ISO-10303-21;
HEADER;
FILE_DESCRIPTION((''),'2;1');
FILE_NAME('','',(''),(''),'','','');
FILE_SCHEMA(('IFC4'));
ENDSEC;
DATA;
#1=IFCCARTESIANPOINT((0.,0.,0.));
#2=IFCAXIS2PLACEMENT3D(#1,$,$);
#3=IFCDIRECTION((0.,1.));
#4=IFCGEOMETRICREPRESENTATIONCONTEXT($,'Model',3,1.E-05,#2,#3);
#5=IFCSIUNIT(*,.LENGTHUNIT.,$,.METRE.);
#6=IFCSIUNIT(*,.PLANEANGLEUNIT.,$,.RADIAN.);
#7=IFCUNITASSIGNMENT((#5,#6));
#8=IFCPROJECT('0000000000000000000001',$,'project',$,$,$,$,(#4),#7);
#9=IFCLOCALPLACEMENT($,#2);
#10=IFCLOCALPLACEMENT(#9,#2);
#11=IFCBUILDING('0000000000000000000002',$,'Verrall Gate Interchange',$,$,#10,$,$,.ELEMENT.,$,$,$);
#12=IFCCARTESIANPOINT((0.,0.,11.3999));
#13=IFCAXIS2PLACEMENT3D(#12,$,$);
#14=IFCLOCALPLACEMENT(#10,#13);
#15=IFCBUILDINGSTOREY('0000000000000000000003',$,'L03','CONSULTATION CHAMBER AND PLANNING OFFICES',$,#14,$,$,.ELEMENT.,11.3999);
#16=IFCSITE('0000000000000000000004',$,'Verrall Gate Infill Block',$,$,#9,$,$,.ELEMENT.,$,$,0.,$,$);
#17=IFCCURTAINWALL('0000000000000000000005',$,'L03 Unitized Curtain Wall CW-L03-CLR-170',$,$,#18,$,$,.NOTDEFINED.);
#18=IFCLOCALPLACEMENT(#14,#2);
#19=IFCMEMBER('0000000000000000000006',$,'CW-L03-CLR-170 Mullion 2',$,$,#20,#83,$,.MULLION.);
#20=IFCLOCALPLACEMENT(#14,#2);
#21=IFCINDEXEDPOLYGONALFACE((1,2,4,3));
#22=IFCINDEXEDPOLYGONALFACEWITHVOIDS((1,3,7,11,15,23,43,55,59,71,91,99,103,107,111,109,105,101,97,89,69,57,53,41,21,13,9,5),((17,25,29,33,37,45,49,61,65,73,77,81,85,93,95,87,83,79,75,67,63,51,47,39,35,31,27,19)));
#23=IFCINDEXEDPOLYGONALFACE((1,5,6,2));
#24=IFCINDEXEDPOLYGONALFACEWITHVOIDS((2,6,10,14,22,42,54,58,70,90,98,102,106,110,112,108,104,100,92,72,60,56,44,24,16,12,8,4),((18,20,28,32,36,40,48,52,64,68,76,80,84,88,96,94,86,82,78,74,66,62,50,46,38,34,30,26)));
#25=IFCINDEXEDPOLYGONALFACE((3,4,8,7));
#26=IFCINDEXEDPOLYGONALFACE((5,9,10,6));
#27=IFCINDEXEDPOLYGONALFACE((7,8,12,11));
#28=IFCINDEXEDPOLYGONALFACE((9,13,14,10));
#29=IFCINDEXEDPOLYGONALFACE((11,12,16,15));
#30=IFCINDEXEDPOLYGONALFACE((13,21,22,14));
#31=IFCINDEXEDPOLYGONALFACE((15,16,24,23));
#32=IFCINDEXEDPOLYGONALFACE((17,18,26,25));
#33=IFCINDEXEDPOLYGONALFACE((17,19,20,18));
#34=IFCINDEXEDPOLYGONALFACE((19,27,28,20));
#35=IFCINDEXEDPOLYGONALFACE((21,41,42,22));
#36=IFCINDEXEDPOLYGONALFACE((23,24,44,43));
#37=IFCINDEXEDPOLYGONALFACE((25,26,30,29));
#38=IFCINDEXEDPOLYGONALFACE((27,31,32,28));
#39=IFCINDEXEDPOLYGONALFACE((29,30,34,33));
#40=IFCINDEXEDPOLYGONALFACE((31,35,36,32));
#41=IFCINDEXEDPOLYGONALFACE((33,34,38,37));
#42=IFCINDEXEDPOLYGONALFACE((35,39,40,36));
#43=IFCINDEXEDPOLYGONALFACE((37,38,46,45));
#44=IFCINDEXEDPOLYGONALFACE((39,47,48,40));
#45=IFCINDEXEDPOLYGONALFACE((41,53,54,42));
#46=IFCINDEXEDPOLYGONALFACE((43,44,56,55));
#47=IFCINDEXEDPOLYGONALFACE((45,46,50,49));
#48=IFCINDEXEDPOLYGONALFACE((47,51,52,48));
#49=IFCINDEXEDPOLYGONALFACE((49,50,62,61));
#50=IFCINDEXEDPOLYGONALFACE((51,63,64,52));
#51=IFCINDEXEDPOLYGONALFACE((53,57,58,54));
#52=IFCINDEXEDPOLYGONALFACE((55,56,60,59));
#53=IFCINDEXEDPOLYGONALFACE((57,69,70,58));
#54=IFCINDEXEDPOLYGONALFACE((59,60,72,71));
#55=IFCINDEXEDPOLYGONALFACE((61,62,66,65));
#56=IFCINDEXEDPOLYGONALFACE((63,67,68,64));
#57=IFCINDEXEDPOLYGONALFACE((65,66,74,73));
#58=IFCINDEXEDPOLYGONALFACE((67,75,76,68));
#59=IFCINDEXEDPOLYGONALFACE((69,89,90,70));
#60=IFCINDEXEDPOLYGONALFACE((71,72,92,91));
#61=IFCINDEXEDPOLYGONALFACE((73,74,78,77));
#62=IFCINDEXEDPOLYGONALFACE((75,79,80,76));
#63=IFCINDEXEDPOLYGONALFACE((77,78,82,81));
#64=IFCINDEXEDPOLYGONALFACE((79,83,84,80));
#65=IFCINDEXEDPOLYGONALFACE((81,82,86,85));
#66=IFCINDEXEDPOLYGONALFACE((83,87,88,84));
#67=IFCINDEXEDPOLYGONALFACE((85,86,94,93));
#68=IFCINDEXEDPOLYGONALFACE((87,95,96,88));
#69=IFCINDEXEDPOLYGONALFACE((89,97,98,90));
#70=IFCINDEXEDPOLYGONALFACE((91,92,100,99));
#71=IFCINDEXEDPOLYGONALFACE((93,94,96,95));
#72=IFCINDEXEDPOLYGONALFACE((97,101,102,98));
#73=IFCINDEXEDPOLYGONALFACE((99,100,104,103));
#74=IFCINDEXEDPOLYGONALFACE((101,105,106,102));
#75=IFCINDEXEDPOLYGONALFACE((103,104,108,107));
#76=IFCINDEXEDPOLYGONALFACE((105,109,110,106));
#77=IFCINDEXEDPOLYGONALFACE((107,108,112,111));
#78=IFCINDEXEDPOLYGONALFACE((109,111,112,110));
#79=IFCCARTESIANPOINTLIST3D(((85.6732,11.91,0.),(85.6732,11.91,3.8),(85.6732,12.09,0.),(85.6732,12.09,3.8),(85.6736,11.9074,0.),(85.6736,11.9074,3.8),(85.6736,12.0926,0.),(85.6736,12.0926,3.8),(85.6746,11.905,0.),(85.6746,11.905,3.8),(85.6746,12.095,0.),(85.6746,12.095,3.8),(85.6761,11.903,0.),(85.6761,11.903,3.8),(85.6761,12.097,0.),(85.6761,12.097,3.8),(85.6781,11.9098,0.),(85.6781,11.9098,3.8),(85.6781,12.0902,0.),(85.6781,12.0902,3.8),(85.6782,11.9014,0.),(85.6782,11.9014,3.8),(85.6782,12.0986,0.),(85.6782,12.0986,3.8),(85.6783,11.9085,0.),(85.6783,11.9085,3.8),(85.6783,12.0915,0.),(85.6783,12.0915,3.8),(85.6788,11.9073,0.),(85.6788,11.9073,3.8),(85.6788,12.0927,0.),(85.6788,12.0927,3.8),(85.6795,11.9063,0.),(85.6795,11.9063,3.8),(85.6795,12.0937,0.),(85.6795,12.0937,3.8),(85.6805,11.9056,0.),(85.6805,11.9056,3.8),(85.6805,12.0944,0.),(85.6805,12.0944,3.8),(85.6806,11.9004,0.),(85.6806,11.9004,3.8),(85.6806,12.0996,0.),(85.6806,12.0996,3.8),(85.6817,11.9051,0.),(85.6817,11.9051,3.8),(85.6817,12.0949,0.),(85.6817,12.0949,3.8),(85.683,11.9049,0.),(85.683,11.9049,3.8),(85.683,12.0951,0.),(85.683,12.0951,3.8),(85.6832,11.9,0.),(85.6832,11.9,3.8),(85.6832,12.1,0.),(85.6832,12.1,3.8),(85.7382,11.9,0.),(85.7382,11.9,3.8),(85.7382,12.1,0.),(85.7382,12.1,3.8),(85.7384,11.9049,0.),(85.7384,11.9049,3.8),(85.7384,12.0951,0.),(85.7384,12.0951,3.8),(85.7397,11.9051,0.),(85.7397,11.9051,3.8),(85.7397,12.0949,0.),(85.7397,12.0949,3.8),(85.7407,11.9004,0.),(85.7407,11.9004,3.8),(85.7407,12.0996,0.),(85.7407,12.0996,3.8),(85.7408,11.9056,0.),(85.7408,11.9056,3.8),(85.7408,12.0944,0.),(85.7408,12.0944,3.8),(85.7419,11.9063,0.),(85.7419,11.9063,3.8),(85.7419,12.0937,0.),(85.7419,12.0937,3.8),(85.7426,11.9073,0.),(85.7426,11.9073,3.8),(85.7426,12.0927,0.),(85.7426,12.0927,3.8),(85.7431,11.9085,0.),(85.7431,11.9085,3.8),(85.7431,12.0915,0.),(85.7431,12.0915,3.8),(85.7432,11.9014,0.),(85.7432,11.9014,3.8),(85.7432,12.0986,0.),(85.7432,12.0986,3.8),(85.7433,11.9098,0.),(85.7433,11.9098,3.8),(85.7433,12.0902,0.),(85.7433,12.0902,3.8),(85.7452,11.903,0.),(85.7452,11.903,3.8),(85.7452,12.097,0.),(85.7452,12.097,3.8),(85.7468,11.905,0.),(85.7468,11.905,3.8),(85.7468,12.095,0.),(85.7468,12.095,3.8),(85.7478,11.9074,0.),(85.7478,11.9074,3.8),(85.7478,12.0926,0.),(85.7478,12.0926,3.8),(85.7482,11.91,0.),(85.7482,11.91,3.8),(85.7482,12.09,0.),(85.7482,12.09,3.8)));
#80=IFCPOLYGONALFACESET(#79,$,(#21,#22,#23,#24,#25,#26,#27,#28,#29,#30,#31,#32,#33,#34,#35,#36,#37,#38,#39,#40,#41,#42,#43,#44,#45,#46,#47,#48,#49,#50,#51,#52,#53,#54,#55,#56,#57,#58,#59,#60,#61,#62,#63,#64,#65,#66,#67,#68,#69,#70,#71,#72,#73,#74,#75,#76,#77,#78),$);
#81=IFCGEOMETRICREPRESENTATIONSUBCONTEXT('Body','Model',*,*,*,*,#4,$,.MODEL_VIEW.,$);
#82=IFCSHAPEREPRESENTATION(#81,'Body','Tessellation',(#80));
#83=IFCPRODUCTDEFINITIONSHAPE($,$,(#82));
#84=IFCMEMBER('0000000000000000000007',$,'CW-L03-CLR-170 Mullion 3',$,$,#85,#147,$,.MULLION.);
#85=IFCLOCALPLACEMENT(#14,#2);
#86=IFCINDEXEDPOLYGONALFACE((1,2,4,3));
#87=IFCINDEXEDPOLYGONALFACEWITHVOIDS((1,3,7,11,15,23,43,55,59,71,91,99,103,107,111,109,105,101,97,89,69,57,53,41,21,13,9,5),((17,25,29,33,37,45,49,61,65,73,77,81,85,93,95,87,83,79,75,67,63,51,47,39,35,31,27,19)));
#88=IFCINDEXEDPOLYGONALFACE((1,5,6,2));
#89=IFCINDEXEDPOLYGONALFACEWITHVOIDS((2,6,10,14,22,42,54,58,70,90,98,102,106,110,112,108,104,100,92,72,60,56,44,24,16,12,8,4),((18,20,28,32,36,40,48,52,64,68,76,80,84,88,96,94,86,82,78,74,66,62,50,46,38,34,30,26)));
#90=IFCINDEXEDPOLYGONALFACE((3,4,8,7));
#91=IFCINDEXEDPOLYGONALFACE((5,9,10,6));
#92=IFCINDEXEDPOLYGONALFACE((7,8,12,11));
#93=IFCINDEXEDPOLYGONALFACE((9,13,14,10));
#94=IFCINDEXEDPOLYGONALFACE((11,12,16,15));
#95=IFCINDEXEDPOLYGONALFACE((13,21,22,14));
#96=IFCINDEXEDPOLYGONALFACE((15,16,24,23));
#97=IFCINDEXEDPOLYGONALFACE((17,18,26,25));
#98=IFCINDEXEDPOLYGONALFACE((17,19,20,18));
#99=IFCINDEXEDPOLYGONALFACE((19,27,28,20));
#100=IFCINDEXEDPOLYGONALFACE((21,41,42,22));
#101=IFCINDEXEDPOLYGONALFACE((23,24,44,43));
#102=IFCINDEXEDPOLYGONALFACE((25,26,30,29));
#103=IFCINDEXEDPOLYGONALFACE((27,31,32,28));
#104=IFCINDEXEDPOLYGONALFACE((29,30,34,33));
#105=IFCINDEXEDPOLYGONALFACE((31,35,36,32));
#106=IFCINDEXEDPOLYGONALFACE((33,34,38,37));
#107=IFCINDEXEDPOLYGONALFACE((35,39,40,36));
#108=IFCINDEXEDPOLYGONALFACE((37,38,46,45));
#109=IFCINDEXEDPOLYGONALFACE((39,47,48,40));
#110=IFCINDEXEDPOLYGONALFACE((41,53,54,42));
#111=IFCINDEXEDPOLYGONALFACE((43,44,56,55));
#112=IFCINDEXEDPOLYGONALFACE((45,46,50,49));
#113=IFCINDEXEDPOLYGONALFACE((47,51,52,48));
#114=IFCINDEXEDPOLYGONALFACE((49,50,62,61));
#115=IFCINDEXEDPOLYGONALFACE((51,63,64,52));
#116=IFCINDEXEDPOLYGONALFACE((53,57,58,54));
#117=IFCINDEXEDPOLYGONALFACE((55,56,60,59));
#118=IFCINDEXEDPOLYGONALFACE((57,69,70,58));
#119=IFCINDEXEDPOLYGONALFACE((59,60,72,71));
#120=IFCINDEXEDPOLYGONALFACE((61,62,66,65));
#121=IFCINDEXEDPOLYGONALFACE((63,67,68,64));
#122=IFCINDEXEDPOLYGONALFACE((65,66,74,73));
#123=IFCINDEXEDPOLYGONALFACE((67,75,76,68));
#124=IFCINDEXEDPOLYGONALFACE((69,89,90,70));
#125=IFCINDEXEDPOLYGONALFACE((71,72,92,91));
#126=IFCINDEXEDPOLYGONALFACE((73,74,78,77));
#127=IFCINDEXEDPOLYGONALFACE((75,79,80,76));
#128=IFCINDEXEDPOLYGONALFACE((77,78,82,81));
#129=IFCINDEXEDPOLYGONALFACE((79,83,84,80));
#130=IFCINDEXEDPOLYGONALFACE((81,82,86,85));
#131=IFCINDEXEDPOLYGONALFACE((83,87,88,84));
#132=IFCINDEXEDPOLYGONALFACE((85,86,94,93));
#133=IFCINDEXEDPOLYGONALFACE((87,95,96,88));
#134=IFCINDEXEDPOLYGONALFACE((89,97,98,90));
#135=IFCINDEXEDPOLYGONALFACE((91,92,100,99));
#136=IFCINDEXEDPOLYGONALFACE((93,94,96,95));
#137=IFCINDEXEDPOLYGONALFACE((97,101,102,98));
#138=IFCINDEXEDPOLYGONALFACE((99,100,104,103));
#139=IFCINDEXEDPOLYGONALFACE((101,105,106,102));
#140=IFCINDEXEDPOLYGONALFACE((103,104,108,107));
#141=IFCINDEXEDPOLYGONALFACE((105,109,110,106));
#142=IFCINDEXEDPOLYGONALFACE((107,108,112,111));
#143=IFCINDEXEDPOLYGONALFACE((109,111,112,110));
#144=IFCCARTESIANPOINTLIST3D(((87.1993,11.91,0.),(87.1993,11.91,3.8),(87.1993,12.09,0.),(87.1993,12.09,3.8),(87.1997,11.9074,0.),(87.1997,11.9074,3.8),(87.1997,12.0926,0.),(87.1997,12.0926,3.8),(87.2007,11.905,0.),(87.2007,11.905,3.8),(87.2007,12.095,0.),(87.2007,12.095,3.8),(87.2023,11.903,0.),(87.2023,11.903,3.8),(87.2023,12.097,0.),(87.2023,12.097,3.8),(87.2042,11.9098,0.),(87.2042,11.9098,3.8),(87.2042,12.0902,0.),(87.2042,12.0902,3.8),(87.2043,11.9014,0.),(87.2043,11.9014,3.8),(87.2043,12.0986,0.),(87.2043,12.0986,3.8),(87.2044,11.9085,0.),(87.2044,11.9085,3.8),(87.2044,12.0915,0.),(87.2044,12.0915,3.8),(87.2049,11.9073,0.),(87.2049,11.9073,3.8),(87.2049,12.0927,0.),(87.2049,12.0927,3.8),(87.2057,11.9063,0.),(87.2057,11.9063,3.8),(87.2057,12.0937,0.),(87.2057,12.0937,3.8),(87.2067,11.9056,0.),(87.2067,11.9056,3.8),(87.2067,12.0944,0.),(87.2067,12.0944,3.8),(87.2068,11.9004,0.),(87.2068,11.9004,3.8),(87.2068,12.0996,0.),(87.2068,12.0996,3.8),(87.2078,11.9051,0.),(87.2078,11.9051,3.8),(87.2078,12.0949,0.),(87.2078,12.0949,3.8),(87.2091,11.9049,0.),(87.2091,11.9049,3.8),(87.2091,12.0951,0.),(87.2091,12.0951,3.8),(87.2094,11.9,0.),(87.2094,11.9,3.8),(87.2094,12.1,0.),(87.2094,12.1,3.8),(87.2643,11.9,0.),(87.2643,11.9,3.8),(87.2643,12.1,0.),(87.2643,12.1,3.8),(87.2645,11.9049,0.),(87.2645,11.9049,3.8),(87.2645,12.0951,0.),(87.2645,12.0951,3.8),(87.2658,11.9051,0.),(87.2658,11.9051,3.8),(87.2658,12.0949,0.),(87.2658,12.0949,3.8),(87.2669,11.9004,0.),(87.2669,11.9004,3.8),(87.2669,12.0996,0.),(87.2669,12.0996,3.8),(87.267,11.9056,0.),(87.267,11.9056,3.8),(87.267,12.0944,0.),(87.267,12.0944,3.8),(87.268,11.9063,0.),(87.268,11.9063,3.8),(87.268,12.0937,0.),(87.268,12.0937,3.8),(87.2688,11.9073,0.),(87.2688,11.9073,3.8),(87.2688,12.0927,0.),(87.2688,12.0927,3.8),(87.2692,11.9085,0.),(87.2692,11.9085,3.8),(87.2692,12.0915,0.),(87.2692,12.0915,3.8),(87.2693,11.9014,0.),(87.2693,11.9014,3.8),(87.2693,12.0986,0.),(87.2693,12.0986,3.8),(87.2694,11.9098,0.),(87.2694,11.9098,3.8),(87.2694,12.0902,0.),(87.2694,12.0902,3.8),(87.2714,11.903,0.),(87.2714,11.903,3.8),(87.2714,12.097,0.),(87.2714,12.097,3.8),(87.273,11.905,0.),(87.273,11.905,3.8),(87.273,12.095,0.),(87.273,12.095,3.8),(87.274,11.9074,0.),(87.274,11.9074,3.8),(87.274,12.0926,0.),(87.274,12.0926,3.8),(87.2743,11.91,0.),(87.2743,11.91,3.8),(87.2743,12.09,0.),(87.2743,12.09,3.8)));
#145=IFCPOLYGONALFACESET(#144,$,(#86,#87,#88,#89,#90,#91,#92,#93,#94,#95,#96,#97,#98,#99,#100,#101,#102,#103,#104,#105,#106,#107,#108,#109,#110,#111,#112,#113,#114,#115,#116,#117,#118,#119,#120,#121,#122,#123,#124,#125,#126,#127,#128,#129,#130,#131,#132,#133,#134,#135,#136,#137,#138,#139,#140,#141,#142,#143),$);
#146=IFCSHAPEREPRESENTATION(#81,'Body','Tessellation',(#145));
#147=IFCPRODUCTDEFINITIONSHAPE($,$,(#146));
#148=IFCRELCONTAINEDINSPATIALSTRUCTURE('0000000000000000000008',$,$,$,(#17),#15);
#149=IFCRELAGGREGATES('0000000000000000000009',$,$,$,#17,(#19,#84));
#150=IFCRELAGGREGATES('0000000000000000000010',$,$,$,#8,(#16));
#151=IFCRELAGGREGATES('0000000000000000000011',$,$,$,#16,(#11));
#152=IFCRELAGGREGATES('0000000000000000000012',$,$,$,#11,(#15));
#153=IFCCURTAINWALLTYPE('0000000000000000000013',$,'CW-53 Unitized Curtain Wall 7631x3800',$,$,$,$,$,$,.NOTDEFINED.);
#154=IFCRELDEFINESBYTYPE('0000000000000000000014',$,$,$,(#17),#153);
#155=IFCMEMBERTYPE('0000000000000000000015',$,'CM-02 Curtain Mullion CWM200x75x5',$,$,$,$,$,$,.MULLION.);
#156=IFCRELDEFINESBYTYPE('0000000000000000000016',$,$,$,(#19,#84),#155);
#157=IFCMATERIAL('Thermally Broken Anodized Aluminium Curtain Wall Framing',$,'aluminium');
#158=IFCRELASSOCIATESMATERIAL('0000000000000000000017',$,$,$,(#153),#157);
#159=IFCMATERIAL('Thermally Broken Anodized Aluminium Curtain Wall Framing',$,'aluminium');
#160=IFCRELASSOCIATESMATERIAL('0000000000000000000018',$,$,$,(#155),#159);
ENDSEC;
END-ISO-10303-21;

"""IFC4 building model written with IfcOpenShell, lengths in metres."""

from ifc_helpers import new_model, si_unit, direction, frame, origin, origin_2d, place, context, subcontext, project, spatial, hollow_rectangle, extrude, material, material_profile, profile_set, type_object, element, aggregate, save


model = new_model("IFC4")

# Units and contexts
model_context = context("Model", 3, precision=1e-05, world=origin(), true_north=direction((0.0, 1.0)))
body_context = subcontext(model_context, "Body", "Model", "MODEL_VIEW")
ifc_project = project(units=[si_unit("LENGTHUNIT", "METRE"), si_unit("PLANEANGLEUNIT", "RADIAN")], contexts=[model_context])

# Site, building, storey
site_placement = place(None, origin())
site = spatial("IfcSite", under=ifc_project, at=site_placement, Name="Verrall Gate Infill Block", CompositionType="ELEMENT", RefElevation=0.0)
building_placement = place(site_placement, origin())
building = spatial("IfcBuilding", under=site, at=building_placement, Name="Verrall Gate Interchange", CompositionType="ELEMENT")
storey_placement = place(building_placement, frame((0.0, 0.0, 11.3999)))
storey = spatial("IfcBuildingStorey", under=building, at=storey_placement, Name="L03", Description="CONSULTATION CHAMBER AND PLANNING OFFICES", CompositionType="ELEMENT", Elevation=11.3999)

# Shared definitions
ifc_material_1 = material(Name="Thermally Broken Anodized Aluminium Curtain Wall Framing", Category="aluminium")
curtain_wall_type = type_object("IfcCurtainWallType", Name="CW-53 Unitized Curtain Wall 7631x3800", PredefinedType="NOTDEFINED", material=ifc_material_1)
ifc_material_2 = material(Name="Thermally Broken Anodized Aluminium Curtain Wall Framing", Category="aluminium")
ifc_material_profile_1 = material_profile(ifc_material_2, hollow_rectangle(XDim=0.075, YDim=0.2, WallThickness=0.0049, InnerFilletRadius=0.0049, OuterFilletRadius=0.01, at=origin_2d()), Name="CWM200x75x5")
ifc_profile_set_1 = profile_set([ifc_material_profile_1], Name="Thermally Broken Anodized Aluminium Curtain Wall Framing")
member_type_1 = type_object("IfcMemberType", Name="CM-02 Curtain Mullion CWM200x75x5", PredefinedType="MULLION", material=ifc_profile_set_1)

# Curtain wall, members
curtain_wall_1_placement = place(storey_placement, origin())
curtain_wall_1 = element("IfcCurtainWall", 1, at=curtain_wall_1_placement, inside=storey, type_object=curtain_wall_type, Name="L03 Unitized Curtain Wall CW-L03-CLR-170", PredefinedType="NOTDEFINED")
member_1_placement = place(storey_placement, frame((85.7107, 12.0, 0.0), z_axis=(0.0, 0.0, 1.0), x_axis=(1.0, 0.0, 0.0)))
member_1 = element("IfcMember", 2, at=member_1_placement, type_object=member_type_1, Name="CW-L03-CLR-170 Mullion 2", PredefinedType="MULLION", context=body_context, shape_type="SweptSolid", body=[
    extrude(hollow_rectangle(XDim=0.075, YDim=0.2, WallThickness=0.0049, InnerFilletRadius=0.0049, OuterFilletRadius=0.01, at=origin_2d()), origin(), (0.0, 0.0, 1.0), 3.8),
])
member_2_placement = place(storey_placement, frame((87.2368, 12.0, 0.0), z_axis=(0.0, 0.0, 1.0), x_axis=(1.0, 0.0, 0.0)))
member_2 = element("IfcMember", 3, at=member_2_placement, type_object=member_type_1, Name="CW-L03-CLR-170 Mullion 3", PredefinedType="MULLION", context=body_context, shape_type="SweptSolid", body=[
    extrude(hollow_rectangle(XDim=0.075, YDim=0.2, WallThickness=0.0049, InnerFilletRadius=0.0049, OuterFilletRadius=0.01, at=origin_2d()), origin(), (0.0, 0.0, 1.0), 3.8),
])

aggregate(curtain_wall_1, [member_1, member_2])

save(model, "model.ifc")
